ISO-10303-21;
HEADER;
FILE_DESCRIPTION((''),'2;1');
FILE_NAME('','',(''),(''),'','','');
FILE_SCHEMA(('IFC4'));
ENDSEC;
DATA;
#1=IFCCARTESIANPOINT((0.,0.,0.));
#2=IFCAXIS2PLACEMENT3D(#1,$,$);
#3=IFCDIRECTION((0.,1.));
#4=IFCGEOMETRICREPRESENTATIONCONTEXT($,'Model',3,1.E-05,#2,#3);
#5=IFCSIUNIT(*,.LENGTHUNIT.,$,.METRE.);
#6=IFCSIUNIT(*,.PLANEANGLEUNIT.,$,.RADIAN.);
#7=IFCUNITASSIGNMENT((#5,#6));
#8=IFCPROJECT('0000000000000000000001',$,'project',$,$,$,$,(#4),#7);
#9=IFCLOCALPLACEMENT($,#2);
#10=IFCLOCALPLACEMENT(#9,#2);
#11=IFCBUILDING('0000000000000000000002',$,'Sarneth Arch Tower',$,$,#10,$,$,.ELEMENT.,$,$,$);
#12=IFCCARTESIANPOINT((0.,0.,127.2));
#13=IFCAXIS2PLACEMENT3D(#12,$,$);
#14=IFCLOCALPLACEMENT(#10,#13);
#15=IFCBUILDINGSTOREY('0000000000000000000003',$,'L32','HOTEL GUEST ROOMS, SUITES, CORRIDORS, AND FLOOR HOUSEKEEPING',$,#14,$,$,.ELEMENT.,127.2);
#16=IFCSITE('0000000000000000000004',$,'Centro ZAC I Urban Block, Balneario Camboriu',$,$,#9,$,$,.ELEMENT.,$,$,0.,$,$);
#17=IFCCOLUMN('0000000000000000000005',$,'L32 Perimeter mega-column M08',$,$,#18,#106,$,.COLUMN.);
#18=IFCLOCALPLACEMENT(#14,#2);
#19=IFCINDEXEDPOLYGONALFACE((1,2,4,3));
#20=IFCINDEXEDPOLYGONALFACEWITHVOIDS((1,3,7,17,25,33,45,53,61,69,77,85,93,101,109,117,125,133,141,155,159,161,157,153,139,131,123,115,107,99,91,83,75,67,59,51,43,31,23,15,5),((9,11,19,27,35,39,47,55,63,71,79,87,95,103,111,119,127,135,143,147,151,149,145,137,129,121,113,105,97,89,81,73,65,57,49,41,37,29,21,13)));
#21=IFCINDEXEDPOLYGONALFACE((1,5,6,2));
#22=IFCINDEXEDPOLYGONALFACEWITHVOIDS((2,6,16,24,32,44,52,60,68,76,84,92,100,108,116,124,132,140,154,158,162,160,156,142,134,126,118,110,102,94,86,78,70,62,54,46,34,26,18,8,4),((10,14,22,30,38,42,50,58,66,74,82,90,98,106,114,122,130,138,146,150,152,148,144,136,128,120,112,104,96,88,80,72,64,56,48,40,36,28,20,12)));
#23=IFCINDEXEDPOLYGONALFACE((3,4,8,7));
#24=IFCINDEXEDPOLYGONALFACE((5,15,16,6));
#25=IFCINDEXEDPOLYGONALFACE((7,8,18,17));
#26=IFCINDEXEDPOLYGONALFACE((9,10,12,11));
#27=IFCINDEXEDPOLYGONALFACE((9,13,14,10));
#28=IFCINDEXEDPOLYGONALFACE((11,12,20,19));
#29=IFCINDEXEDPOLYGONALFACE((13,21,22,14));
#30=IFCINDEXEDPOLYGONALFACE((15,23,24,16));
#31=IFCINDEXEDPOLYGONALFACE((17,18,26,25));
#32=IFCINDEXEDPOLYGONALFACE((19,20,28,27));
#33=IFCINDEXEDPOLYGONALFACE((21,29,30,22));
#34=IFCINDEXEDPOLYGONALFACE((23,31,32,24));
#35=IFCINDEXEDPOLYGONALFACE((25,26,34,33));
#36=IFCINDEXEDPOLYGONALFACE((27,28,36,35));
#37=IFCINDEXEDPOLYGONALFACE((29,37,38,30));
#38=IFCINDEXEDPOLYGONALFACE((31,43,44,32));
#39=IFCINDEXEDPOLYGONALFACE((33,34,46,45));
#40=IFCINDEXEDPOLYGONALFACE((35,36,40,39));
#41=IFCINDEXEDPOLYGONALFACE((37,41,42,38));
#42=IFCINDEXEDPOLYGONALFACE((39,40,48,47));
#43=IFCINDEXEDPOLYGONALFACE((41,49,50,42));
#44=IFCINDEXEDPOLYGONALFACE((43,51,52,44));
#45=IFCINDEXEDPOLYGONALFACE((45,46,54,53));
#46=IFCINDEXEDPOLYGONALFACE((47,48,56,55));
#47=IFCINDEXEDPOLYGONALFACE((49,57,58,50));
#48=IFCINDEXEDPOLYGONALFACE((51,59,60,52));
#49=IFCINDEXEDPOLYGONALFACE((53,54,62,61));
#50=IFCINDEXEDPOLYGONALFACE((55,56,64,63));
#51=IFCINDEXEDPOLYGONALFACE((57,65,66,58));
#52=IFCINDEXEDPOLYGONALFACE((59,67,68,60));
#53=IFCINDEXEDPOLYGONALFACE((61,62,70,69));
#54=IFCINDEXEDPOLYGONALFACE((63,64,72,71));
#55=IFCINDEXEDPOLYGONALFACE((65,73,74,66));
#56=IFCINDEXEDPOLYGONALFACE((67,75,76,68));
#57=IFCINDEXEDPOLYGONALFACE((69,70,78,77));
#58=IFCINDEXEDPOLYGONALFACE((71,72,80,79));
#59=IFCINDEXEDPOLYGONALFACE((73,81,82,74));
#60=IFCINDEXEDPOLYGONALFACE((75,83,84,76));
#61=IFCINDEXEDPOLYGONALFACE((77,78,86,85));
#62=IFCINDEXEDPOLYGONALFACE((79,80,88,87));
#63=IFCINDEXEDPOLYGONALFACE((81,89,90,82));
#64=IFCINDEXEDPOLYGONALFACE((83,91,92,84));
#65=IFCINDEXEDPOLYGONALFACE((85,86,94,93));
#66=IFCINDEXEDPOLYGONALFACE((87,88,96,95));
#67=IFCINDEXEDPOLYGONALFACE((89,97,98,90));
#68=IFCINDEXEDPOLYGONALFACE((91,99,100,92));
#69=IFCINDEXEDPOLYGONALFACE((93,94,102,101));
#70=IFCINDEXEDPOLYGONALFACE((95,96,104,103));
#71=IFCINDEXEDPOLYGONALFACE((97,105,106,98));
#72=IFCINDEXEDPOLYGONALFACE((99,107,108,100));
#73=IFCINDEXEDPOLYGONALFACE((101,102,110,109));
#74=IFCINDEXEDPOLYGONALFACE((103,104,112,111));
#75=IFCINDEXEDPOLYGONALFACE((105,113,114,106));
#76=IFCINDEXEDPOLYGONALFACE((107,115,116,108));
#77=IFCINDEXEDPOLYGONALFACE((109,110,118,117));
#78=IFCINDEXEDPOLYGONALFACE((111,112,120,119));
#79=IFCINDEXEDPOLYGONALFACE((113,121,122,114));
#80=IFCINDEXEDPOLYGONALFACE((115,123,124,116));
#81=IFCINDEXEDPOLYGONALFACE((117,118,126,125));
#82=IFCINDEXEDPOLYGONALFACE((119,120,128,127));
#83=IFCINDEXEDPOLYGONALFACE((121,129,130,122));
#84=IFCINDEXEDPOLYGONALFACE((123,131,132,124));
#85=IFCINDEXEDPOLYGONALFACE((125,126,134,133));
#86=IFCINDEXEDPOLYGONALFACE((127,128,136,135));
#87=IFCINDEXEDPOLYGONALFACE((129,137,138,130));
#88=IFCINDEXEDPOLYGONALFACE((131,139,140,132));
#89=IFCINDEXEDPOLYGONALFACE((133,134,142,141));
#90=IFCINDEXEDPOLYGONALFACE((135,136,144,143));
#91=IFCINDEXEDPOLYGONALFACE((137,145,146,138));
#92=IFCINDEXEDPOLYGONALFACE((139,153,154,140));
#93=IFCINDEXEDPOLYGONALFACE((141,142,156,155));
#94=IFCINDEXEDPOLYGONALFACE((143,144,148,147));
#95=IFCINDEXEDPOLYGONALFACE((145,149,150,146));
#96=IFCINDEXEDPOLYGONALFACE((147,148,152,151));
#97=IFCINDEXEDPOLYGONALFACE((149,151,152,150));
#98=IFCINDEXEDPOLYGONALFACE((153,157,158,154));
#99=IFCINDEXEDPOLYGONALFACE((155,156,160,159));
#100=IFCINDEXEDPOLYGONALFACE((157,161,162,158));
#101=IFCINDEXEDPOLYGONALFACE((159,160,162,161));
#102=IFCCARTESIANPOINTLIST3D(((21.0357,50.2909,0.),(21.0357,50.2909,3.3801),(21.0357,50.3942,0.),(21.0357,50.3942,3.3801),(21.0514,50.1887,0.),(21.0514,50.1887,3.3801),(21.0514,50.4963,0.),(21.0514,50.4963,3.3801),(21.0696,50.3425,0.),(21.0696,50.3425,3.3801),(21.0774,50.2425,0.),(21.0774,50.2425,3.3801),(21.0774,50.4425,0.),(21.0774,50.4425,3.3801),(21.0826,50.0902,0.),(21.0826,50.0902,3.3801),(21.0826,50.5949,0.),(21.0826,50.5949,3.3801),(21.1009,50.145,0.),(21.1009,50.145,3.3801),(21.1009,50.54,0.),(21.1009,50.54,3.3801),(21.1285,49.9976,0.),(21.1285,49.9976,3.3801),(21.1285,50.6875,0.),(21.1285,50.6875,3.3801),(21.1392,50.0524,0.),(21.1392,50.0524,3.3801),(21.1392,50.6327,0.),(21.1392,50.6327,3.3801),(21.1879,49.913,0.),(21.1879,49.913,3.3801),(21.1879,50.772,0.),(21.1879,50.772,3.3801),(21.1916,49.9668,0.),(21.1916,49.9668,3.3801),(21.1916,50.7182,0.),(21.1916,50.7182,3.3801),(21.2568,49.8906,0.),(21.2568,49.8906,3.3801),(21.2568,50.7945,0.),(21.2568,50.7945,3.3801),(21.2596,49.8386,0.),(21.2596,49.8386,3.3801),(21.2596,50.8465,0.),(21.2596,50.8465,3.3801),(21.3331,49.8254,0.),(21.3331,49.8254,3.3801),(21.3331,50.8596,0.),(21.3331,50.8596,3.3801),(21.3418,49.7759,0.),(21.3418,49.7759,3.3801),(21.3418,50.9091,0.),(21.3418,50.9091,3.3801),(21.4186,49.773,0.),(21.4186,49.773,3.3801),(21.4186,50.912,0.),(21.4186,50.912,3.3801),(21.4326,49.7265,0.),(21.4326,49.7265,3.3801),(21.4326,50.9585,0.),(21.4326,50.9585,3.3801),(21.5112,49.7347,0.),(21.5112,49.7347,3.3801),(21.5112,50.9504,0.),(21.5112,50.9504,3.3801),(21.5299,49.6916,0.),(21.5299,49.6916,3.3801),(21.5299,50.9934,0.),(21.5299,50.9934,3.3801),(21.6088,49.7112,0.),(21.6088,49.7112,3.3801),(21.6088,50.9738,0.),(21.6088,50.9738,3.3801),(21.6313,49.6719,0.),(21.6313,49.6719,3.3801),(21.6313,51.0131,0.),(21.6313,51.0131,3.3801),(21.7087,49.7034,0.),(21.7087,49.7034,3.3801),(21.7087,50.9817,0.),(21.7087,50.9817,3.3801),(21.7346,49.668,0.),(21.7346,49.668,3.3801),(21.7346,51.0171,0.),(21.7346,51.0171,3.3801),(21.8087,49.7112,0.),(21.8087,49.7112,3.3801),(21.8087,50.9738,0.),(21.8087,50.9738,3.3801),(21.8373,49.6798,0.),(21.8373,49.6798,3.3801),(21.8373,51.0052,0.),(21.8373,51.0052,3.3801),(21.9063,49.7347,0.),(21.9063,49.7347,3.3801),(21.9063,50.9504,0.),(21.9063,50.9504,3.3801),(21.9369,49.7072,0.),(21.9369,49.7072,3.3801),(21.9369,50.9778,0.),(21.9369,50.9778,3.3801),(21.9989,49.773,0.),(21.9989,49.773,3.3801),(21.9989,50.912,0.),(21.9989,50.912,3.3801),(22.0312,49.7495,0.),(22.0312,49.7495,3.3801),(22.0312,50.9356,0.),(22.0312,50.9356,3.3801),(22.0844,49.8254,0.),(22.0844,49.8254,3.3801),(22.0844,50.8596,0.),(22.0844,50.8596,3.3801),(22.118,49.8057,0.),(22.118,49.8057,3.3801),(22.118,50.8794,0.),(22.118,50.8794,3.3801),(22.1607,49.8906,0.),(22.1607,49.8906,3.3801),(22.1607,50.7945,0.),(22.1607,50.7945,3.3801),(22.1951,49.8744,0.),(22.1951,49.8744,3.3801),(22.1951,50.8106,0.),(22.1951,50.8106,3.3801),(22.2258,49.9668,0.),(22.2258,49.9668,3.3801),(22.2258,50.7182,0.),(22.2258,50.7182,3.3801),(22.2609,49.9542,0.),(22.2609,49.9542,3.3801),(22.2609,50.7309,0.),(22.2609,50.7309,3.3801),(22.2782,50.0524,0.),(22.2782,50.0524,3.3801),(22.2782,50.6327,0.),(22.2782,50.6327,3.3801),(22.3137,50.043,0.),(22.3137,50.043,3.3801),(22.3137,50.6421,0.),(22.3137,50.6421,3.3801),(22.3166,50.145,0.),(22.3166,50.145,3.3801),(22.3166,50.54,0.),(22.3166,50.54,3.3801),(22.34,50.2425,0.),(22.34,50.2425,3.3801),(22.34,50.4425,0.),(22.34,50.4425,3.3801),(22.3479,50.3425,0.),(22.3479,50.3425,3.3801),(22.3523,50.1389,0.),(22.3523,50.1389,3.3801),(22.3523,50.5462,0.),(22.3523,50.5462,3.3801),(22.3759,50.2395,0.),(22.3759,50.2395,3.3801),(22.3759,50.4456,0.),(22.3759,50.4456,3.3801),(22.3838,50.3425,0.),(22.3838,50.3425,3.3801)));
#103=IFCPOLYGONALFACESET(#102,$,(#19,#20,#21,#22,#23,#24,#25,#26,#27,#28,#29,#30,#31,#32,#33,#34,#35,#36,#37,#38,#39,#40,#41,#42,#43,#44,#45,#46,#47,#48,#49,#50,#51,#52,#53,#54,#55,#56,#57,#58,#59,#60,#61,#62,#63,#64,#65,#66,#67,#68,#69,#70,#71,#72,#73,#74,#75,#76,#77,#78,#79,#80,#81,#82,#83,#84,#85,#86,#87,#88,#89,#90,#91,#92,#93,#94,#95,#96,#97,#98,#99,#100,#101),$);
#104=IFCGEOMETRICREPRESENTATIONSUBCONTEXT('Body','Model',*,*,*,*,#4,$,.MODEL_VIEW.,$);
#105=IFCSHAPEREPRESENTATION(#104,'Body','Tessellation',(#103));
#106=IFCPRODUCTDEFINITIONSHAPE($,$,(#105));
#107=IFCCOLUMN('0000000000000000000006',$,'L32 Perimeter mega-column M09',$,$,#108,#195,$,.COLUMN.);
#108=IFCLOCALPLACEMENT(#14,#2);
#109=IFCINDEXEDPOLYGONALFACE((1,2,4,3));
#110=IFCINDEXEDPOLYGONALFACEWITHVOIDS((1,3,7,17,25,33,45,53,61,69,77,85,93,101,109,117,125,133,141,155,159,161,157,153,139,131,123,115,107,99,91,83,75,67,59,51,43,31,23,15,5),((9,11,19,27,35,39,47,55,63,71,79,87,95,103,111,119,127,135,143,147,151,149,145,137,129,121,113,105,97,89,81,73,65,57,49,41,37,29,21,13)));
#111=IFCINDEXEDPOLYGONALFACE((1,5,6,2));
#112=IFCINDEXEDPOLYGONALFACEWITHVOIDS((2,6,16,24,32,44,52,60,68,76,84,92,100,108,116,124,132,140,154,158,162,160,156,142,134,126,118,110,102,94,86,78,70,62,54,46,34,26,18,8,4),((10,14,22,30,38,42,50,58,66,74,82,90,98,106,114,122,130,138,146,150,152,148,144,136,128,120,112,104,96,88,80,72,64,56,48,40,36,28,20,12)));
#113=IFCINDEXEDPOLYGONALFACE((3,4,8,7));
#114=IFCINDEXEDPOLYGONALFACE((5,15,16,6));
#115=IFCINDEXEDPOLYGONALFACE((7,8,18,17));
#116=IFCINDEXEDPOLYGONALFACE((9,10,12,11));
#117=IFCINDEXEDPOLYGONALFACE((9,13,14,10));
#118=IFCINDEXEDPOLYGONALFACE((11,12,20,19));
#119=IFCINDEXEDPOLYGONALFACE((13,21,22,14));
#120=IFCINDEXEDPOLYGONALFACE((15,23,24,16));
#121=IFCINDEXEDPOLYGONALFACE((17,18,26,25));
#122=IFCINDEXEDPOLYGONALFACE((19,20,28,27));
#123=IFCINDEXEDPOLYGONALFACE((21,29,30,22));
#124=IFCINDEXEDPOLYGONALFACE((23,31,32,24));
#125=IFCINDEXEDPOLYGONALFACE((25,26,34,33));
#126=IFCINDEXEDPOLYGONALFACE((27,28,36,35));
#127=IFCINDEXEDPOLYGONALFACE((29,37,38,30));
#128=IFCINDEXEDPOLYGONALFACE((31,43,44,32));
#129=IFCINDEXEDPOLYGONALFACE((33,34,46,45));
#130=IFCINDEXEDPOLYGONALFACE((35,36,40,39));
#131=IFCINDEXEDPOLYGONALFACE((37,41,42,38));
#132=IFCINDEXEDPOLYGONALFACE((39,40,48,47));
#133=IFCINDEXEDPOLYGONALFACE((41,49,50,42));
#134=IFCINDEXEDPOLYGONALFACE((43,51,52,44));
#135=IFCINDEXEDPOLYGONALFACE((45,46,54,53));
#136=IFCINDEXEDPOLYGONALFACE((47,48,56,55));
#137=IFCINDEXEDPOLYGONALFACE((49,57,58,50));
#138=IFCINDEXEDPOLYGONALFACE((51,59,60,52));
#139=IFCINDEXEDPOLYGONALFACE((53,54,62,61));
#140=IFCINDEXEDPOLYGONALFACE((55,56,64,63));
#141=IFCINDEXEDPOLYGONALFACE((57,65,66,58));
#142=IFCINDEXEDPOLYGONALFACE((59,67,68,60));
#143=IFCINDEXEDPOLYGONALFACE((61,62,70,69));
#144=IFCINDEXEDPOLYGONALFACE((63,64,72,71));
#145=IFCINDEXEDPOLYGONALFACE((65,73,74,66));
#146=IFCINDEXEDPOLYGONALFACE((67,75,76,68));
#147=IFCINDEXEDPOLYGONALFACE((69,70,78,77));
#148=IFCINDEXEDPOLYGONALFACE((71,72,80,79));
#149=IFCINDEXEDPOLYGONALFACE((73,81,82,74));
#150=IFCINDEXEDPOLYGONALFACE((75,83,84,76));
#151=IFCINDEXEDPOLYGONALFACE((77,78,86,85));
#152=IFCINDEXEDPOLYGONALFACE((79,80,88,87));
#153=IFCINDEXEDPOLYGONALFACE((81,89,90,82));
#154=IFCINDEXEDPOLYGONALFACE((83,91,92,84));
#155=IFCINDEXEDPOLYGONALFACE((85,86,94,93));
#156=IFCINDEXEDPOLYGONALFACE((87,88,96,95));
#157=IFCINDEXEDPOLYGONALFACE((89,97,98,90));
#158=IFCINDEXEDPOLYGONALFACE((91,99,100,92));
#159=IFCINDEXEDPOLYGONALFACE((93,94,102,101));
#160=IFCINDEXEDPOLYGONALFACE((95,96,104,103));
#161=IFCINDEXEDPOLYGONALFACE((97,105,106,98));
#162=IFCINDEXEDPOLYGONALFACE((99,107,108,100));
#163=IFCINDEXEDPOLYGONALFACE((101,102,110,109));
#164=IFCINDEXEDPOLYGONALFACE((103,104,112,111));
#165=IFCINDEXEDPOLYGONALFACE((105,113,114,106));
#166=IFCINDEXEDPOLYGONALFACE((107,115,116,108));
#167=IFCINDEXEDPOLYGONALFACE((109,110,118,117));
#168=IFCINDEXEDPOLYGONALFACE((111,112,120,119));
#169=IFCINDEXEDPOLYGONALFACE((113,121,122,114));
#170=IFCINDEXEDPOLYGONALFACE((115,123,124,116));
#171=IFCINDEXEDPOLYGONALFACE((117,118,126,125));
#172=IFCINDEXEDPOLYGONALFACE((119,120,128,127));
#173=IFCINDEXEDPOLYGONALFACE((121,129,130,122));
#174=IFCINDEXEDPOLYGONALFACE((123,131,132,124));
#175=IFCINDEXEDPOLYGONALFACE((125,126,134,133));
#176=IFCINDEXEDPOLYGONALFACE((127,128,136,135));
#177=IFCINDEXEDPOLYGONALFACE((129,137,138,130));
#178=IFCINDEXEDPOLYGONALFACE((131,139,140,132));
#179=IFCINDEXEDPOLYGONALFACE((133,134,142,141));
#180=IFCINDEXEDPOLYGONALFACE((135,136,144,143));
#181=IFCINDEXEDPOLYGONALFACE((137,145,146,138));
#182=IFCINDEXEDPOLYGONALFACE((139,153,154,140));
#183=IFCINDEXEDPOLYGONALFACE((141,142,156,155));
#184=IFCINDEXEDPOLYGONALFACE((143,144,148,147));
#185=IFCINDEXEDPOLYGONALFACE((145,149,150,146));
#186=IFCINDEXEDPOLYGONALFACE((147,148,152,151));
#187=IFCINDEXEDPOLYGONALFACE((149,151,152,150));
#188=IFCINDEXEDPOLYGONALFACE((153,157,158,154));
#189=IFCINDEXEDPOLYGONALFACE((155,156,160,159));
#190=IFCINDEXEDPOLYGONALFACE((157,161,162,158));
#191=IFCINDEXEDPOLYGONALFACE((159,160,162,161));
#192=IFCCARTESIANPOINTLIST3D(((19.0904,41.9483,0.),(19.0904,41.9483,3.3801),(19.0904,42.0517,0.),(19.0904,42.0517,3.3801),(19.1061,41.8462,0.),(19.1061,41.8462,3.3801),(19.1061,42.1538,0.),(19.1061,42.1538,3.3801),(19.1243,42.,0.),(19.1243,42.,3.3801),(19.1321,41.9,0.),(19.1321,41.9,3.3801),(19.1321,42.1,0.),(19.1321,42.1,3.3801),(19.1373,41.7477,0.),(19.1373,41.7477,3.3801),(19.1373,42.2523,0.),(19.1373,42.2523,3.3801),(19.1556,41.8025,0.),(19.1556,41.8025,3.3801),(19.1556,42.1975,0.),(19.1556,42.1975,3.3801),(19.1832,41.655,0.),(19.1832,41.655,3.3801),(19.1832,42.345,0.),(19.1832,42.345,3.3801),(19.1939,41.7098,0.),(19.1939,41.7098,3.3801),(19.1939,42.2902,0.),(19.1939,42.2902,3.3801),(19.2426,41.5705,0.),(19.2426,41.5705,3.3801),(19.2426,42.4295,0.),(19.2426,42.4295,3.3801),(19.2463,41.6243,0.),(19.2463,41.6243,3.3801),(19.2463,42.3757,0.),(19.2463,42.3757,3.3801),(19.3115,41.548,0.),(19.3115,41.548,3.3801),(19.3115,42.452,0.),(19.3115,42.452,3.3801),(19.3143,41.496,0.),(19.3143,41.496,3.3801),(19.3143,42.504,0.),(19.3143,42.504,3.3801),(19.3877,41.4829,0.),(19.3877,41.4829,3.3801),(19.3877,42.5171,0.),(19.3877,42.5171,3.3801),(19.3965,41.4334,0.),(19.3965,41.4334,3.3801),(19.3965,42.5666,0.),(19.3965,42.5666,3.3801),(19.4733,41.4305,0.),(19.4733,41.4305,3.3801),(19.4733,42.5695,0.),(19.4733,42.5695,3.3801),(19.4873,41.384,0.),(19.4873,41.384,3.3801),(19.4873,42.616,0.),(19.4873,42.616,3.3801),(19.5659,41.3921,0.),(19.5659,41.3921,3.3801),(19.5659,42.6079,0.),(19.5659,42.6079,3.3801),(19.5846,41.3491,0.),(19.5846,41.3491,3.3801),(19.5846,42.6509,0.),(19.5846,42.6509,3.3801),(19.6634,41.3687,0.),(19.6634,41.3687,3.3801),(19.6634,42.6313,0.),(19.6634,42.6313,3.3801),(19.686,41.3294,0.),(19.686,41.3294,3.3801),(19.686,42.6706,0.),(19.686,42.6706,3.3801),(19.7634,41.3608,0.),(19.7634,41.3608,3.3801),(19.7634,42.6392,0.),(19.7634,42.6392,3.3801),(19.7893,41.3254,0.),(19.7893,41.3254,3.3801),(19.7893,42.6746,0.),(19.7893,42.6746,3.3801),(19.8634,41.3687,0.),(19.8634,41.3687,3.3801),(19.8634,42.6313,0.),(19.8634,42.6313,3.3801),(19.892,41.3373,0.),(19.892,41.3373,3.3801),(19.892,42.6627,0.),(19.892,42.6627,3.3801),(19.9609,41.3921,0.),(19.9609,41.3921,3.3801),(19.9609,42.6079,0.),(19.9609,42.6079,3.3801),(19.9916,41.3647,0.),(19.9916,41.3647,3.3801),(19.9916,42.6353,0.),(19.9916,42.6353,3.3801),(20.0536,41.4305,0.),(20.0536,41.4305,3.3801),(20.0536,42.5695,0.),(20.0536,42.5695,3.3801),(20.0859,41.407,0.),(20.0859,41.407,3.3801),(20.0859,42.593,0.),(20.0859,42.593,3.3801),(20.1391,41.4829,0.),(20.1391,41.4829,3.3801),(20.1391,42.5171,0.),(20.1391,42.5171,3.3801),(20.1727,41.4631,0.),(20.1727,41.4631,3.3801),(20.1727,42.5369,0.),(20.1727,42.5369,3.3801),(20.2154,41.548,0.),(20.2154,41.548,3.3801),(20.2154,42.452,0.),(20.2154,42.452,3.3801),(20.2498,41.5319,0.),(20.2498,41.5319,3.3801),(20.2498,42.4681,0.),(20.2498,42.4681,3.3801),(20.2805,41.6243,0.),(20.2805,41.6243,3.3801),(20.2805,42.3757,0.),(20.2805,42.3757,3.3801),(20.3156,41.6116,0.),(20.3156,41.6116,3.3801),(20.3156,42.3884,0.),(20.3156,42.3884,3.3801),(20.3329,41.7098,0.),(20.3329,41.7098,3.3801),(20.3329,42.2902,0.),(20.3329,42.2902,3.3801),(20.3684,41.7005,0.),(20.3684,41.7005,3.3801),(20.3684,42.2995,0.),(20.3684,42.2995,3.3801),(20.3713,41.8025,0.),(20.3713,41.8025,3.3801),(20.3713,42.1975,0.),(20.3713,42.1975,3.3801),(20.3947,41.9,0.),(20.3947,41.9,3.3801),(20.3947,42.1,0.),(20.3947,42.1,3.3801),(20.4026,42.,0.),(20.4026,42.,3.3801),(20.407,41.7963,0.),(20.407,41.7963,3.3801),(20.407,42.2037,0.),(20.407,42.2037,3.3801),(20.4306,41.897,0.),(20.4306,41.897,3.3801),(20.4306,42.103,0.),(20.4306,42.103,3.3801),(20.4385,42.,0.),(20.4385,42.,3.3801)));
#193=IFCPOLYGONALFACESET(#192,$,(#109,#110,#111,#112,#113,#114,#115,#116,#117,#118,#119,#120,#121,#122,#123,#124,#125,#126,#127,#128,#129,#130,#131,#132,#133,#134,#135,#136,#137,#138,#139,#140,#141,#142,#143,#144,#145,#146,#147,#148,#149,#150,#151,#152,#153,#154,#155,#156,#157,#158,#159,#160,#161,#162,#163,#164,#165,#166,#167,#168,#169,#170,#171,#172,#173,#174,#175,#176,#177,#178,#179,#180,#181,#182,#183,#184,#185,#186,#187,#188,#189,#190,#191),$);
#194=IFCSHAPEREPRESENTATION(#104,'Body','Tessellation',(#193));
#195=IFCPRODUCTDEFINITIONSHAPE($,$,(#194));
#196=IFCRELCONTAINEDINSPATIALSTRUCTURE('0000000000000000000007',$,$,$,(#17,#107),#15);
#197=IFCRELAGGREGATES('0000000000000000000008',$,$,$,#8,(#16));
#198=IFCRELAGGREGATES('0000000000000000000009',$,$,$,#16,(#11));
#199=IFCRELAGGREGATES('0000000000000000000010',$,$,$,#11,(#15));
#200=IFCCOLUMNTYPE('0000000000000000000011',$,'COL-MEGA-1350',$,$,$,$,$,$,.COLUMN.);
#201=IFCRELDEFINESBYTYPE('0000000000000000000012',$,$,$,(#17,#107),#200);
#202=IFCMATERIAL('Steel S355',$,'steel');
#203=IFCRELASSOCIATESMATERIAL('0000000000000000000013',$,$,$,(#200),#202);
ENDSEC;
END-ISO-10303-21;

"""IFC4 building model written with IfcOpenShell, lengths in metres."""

from ifc_helpers import new_model, si_unit, direction, frame, origin, origin_2d, place, context, subcontext, project, spatial, hollow_circle, extrude, material, material_profile, profile_set, type_object, element, save


model = new_model("IFC4")

# Units and contexts
model_context = context("Model", 3, precision=1e-05, world=origin(), true_north=direction((0.0, 1.0)))
body_context = subcontext(model_context, "Body", "Model", "MODEL_VIEW")
ifc_project = project(units=[si_unit("LENGTHUNIT", "METRE"), si_unit("PLANEANGLEUNIT", "RADIAN")], contexts=[model_context])

# Site, building, storey
site_placement = place(None, origin())
site = spatial("IfcSite", under=ifc_project, at=site_placement, Name="Centro ZAC I Urban Block, Balneario Camboriu", CompositionType="ELEMENT", RefElevation=0.0)
building_placement = place(site_placement, origin())
building = spatial("IfcBuilding", under=site, at=building_placement, Name="Sarneth Arch Tower", CompositionType="ELEMENT")
storey_placement = place(building_placement, frame((0.0, 0.0, 127.2)))
storey = spatial("IfcBuildingStorey", under=building, at=storey_placement, Name="L32", Description="HOTEL GUEST ROOMS, SUITES, CORRIDORS, AND FLOOR HOUSEKEEPING", CompositionType="ELEMENT", Elevation=127.2)

# Columns
ifc_material_1 = material(Name="Steel S355", Category="steel")
ifc_material_profile_1 = material_profile(ifc_material_1, hollow_circle(Radius=0.675, WallThickness=0.0359, at=origin_2d()), Name="CHS1350x36")
ifc_profile_set_1 = profile_set([ifc_material_profile_1], Name="Steel S355")
column_type = type_object("IfcColumnType", Name="COL-MEGA-1350", PredefinedType="COLUMN", material=ifc_profile_set_1)
for number, where, z_axis, x_axis, name in (
    (1, (21.7087, 50.3425, 0.0), (0.0, 0.0, 1.0), (1.0, 0.0, 0.0), "L32 Perimeter mega-column M08"),
    (2, (19.7634, 42.0, 0.0), (0.0, 0.0, 1.0), (1.0, 0.0, 0.0), "L32 Perimeter mega-column M09"),
):
    element("IfcColumn", number, at=place(storey_placement, frame(where, z_axis=z_axis, x_axis=x_axis)), inside=storey, type_object=column_type, Name=name, PredefinedType="COLUMN", context=body_context, shape_type="SweptSolid", body=[
        extrude(hollow_circle(Radius=0.675, WallThickness=0.0359, at=origin_2d()), origin(), (0.0, 0.0, 1.0), 3.3801),
    ])

save(model, "model.ifc")
